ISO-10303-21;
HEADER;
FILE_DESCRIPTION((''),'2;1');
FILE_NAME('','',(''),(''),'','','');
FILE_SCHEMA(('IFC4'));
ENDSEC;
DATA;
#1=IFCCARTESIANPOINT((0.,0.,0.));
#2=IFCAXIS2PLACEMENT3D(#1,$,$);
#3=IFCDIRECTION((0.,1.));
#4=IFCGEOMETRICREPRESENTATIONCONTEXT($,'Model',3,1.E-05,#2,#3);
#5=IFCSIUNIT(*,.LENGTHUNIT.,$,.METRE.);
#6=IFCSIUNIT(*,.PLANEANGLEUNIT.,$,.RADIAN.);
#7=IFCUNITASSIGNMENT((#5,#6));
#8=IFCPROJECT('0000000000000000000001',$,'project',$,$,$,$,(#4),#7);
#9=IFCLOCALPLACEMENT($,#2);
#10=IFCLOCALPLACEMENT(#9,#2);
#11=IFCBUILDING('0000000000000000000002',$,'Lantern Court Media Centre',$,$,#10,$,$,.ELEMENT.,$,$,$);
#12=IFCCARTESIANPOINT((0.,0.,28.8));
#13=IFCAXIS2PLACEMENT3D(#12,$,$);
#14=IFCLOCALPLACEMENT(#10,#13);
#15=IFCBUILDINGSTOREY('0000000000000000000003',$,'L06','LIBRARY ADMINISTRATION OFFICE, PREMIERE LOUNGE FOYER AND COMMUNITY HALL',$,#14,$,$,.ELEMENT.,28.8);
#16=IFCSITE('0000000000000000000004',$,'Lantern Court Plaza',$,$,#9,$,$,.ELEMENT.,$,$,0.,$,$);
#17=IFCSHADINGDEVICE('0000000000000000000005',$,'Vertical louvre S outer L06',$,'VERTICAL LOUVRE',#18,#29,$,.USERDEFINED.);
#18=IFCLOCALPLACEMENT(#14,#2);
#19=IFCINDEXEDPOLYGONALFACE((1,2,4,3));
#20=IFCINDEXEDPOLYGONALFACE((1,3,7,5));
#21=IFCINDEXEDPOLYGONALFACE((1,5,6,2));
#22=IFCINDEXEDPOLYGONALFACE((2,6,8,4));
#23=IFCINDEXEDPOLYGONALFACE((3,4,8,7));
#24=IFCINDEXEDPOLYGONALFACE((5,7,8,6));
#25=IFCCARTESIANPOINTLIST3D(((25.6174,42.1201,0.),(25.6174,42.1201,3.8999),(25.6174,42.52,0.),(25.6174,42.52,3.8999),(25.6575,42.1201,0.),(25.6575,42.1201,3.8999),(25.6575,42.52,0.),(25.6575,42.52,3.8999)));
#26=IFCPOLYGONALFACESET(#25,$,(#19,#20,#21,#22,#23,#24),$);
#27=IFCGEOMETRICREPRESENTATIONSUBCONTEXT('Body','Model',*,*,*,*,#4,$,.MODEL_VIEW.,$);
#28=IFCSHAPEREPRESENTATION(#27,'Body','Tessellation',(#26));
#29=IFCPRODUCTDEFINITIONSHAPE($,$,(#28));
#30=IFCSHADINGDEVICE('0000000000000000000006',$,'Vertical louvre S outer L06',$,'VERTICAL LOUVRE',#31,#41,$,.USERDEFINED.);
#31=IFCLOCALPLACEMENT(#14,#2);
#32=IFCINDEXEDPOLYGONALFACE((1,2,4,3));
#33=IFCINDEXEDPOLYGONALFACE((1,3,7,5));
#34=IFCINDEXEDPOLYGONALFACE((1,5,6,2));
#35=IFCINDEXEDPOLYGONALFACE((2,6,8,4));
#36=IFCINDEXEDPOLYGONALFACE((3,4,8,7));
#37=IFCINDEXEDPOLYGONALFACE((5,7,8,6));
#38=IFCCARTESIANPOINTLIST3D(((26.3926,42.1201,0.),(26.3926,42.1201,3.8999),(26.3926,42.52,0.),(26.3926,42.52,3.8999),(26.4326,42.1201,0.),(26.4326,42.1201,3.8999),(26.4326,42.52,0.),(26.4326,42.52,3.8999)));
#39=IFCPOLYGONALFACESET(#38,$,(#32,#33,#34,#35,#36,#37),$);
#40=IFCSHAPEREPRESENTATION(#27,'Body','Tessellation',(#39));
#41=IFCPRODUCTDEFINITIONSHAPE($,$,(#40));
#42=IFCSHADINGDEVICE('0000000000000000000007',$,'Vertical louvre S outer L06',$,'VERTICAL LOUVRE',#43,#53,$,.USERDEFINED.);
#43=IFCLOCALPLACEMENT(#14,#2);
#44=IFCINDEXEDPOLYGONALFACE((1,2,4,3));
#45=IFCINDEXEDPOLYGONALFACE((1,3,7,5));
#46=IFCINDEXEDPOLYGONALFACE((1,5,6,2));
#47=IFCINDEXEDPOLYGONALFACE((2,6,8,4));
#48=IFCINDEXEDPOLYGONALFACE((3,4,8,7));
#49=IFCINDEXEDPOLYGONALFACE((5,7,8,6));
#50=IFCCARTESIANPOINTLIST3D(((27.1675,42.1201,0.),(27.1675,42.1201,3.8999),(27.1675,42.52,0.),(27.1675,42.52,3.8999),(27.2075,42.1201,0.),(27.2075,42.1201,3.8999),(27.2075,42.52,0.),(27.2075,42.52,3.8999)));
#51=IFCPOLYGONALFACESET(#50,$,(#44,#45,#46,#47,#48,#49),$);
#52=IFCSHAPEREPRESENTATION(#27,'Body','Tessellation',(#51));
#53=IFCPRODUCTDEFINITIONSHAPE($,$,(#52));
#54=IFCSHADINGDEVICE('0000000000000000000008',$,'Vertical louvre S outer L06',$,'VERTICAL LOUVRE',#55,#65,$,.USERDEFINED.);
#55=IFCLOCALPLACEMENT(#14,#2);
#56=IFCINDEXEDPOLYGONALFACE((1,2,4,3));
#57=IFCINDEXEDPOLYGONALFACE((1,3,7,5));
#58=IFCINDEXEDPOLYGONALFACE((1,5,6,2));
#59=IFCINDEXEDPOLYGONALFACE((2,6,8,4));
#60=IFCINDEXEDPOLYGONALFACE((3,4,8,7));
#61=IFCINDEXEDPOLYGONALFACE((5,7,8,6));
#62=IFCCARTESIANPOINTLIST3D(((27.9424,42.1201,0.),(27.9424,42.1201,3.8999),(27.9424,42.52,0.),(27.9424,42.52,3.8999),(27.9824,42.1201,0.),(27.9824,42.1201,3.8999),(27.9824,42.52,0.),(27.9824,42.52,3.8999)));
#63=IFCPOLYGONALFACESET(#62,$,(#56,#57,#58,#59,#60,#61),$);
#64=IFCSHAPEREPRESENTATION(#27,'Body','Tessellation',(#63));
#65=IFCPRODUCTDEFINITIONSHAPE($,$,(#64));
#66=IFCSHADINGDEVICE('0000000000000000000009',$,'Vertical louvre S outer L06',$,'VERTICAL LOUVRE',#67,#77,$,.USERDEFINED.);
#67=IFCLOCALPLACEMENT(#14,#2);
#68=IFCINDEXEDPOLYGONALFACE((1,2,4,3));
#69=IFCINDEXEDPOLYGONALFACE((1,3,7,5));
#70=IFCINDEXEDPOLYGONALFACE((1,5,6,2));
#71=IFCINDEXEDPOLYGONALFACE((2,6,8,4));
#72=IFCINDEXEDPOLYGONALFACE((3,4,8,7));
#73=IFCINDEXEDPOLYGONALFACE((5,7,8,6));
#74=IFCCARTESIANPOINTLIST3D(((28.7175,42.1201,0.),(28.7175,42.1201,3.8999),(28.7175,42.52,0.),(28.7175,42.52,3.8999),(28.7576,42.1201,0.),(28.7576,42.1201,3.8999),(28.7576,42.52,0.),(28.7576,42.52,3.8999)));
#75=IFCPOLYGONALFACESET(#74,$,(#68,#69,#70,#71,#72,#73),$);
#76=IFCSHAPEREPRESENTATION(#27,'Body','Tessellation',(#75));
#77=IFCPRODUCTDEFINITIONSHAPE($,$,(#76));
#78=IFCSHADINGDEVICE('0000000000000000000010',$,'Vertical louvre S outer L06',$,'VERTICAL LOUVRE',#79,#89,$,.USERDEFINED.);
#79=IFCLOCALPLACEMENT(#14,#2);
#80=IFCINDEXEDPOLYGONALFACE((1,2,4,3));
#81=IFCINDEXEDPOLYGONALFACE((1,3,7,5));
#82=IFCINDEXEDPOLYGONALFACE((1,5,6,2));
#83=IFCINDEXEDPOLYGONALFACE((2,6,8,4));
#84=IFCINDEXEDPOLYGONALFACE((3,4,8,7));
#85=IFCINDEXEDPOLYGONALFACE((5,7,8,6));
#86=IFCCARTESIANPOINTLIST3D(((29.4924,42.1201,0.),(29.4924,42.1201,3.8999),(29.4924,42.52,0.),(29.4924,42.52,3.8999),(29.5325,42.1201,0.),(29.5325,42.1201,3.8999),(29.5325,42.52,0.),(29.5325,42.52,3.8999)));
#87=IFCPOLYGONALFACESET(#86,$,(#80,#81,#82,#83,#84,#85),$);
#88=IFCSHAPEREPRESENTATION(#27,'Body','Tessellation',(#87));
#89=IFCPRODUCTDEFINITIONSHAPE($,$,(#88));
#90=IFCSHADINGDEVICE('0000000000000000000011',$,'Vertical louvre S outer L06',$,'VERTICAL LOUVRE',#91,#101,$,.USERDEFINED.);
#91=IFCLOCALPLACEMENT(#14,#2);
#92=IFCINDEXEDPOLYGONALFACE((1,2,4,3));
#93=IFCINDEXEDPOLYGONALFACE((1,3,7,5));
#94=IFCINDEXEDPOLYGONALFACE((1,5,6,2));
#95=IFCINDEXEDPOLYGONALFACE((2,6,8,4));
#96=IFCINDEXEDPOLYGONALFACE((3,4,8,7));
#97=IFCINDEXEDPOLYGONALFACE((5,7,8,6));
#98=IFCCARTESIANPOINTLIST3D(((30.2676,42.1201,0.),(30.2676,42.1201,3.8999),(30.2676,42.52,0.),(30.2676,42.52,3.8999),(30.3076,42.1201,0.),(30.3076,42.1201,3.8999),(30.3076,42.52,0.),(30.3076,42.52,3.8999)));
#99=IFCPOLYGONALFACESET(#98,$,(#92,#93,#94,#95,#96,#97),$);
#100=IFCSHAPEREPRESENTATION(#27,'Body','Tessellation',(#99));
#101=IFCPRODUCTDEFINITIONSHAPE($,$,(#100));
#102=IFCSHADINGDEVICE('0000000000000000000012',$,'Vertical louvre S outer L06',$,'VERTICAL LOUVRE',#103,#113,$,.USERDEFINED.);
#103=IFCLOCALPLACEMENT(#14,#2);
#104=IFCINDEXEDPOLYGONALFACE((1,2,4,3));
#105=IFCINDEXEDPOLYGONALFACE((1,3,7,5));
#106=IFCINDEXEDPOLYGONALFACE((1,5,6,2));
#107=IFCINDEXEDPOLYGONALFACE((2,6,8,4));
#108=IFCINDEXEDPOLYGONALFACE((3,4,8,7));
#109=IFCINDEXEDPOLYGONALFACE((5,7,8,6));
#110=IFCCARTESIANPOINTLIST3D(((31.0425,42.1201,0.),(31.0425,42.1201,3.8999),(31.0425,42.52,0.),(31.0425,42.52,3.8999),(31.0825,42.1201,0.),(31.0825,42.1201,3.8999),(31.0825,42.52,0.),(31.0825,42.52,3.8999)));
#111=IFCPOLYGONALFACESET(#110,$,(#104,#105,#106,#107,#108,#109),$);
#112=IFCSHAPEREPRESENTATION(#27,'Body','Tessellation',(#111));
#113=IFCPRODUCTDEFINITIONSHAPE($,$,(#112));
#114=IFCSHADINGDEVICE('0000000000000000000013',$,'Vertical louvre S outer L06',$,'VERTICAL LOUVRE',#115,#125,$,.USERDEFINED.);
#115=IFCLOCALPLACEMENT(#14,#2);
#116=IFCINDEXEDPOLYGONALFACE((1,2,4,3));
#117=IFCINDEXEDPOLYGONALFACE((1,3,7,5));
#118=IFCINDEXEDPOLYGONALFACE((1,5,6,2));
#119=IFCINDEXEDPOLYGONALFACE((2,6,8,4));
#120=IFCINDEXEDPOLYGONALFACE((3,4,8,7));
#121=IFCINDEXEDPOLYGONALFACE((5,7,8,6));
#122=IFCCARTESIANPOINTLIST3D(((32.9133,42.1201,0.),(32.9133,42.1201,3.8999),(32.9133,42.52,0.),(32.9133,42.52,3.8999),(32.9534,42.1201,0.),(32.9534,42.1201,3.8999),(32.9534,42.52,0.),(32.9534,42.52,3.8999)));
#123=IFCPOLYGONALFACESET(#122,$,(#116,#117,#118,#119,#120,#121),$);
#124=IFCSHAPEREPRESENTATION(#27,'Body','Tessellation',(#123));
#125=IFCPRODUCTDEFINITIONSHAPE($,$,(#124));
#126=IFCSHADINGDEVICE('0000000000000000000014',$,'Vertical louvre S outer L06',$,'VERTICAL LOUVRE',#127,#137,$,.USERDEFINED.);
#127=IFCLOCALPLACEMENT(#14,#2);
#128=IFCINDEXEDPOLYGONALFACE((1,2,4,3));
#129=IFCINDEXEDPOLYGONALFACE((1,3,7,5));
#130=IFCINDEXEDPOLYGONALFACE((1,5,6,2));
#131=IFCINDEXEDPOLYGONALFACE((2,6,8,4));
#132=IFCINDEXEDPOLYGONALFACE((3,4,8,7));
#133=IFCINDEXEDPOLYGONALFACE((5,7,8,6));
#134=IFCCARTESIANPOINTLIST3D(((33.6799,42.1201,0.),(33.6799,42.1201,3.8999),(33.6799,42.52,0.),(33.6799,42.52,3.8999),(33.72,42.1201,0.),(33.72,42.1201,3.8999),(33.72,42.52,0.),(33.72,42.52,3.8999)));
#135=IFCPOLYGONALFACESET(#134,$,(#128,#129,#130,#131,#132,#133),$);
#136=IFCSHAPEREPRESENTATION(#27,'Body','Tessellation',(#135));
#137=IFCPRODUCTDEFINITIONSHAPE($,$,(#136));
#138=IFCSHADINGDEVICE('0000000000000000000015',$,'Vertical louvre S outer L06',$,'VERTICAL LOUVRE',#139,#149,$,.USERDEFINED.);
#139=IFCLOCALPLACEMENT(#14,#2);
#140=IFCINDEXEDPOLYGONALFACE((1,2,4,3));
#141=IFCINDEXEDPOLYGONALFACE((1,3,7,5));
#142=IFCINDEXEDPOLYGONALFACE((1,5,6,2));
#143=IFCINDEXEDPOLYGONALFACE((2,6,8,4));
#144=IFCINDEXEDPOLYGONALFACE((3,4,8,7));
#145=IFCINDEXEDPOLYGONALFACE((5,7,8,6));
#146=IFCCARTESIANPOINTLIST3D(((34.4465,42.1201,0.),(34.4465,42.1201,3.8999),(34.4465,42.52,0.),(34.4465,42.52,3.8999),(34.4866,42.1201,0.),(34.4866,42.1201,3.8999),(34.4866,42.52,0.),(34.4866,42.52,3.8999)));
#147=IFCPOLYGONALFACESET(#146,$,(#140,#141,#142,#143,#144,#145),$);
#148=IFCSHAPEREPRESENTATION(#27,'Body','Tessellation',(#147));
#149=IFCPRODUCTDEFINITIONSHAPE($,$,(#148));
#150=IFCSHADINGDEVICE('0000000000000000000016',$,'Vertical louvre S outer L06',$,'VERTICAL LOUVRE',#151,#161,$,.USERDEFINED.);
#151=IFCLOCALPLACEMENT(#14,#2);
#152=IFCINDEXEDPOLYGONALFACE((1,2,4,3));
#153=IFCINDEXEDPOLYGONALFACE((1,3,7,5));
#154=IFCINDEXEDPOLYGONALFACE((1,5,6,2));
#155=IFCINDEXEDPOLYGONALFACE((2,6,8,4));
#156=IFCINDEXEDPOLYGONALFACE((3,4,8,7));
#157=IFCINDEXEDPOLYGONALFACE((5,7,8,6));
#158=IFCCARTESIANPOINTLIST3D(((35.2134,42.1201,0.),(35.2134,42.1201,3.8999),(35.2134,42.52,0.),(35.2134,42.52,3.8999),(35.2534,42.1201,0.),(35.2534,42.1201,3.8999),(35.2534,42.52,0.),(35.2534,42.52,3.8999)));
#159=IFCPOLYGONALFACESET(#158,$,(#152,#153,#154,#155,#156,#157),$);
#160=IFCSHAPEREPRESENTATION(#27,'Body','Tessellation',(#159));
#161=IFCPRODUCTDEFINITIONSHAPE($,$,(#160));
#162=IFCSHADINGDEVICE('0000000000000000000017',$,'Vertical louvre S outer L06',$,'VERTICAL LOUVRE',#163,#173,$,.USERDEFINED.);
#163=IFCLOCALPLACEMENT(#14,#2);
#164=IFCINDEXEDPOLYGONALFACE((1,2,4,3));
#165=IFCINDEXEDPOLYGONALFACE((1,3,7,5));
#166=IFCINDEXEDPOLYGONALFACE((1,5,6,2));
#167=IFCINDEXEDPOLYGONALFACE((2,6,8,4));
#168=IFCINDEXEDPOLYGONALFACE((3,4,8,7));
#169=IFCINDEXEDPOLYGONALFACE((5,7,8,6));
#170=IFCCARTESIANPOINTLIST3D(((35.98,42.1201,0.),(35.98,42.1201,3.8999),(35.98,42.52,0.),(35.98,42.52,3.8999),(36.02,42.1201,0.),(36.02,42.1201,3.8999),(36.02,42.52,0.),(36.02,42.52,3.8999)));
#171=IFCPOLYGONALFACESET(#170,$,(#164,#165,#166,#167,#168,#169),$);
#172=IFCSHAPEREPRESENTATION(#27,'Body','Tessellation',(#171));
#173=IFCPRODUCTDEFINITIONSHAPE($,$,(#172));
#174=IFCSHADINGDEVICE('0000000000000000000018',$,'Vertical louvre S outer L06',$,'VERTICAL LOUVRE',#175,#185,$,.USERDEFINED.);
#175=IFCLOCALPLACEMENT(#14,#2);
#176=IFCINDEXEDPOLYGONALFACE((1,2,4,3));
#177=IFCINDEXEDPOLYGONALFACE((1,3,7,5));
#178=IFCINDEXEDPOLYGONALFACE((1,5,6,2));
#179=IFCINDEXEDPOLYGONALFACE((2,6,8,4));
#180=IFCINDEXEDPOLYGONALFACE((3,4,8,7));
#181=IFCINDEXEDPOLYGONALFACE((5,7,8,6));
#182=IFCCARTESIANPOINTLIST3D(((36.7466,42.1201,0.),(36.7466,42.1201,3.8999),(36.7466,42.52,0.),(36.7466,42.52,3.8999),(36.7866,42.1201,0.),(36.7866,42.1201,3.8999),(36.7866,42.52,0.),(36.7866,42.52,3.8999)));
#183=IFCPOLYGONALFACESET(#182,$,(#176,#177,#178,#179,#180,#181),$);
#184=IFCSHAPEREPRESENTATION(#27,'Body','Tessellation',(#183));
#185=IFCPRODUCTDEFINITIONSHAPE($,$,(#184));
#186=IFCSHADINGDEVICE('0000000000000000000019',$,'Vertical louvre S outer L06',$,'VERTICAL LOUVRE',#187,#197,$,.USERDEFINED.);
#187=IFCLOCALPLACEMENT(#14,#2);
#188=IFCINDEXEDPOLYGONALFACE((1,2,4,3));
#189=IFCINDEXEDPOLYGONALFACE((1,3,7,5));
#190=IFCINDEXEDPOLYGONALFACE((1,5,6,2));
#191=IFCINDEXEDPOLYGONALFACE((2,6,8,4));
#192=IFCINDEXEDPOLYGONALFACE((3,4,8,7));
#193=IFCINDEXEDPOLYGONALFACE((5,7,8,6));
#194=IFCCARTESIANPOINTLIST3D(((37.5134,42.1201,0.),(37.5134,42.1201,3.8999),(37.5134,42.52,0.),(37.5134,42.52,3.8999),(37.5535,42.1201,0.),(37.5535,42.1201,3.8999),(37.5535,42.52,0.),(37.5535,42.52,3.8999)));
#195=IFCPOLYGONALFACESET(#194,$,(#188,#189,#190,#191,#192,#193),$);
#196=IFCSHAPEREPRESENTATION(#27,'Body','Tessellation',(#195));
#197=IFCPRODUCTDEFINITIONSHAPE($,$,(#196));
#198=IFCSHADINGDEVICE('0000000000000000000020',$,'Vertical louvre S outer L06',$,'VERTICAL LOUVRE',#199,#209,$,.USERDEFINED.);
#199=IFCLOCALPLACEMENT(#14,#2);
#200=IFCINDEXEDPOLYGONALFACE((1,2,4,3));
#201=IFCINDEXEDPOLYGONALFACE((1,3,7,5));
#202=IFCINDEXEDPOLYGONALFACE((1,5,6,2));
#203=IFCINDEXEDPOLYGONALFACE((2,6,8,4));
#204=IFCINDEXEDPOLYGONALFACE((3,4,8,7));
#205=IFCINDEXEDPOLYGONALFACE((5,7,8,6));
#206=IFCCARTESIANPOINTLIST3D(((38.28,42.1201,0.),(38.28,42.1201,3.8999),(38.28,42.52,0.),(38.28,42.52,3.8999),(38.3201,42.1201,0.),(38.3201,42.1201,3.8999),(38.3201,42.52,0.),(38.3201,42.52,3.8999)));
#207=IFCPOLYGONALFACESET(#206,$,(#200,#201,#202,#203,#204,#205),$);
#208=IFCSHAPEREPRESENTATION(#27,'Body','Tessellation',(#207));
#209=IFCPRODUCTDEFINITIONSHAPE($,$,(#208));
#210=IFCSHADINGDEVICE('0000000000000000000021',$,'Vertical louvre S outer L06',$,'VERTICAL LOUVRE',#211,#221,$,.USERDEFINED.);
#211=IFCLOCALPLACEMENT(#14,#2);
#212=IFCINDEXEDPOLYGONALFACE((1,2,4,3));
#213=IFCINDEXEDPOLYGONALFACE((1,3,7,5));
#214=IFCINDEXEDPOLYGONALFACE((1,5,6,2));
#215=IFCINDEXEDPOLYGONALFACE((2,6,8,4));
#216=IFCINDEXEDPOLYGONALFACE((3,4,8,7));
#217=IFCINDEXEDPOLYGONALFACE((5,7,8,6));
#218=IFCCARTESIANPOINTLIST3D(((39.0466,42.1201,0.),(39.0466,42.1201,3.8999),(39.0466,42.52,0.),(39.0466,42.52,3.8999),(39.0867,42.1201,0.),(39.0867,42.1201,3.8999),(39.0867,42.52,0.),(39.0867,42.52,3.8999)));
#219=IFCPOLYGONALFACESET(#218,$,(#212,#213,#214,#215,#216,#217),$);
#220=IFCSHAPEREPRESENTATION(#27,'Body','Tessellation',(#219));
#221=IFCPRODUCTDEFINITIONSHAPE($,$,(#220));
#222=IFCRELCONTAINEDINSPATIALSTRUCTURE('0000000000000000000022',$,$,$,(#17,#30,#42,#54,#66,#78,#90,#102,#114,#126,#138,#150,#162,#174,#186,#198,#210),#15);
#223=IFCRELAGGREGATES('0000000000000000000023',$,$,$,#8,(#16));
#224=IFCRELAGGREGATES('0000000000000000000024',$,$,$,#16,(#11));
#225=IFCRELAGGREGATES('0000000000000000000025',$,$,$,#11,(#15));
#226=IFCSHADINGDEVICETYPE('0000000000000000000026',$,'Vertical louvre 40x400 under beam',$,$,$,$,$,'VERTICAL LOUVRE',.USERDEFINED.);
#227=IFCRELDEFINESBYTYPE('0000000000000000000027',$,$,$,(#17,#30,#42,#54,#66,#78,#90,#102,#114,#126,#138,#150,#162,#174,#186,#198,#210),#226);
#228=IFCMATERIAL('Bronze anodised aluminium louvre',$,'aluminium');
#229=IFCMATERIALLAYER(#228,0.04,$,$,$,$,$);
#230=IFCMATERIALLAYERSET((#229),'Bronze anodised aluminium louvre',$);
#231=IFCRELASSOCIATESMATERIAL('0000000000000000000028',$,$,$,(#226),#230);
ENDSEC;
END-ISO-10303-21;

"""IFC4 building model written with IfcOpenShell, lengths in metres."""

from ifc_helpers import new_model, si_unit, direction, frame, origin, origin_2d, place, context, subcontext, project, spatial, rectangle, extrude, material, layer, layer_set, type_object, element, save


model = new_model("IFC4")

# Units and contexts
model_context = context("Model", 3, precision=1e-05, world=origin(), true_north=direction((0.0, 1.0)))
body_context = subcontext(model_context, "Body", "Model", "MODEL_VIEW")
ifc_project = project(units=[si_unit("LENGTHUNIT", "METRE"), si_unit("PLANEANGLEUNIT", "RADIAN")], contexts=[model_context])

# Site, building, storey
site_placement = place(None, origin())
site = spatial("IfcSite", under=ifc_project, at=site_placement, Name="Lantern Court Plaza", CompositionType="ELEMENT", RefElevation=0.0)
building_placement = place(site_placement, origin())
building = spatial("IfcBuilding", under=site, at=building_placement, Name="Lantern Court Media Centre", CompositionType="ELEMENT")
storey_placement = place(building_placement, frame((0.0, 0.0, 28.8)))
storey = spatial("IfcBuildingStorey", under=building, at=storey_placement, Name="L06", Description="LIBRARY ADMINISTRATION OFFICE, PREMIERE LOUNGE FOYER AND COMMUNITY HALL", CompositionType="ELEMENT", Elevation=28.8)

# Shading devices
ifc_material_1 = material(Name="Bronze anodised aluminium louvre", Category="aluminium")
ifc_layer_1 = layer(ifc_material_1, 0.04)
ifc_layer_set_1 = layer_set([ifc_layer_1], Name="Bronze anodised aluminium louvre")
shading_device_type = type_object("IfcShadingDeviceType", Name="Vertical louvre 40x400 under beam", ElementType="VERTICAL LOUVRE", PredefinedType="USERDEFINED", material=ifc_layer_set_1)
for number, where, z_axis, x_axis, name in (
    (1, (25.6375, 42.3201, 0.0), (0.0, 0.0, 1.0), (1.0, 0.0, 0.0), "Vertical louvre S outer L06"),
    (2, (26.4126, 42.3201, 0.0), (0.0, 0.0, 1.0), (1.0, 0.0, 0.0), "Vertical louvre S outer L06"),
    (3, (27.1875, 42.3201, 0.0), (0.0, 0.0, 1.0), (1.0, 0.0, 0.0), "Vertical louvre S outer L06"),
    (4, (27.9624, 42.3201, 0.0), (0.0, 0.0, 1.0), (1.0, 0.0, 0.0), "Vertical louvre S outer L06"),
    (5, (28.7375, 42.3201, 0.0), (0.0, 0.0, 1.0), (1.0, 0.0, 0.0), "Vertical louvre S outer L06"),
    (6, (29.5125, 42.3201, 0.0), (0.0, 0.0, 1.0), (1.0, 0.0, 0.0), "Vertical louvre S outer L06"),
    (7, (30.2876, 42.3201, 0.0), (0.0, 0.0, 1.0), (1.0, 0.0, 0.0), "Vertical louvre S outer L06"),
    (8, (31.0625, 42.3201, 0.0), (0.0, 0.0, 1.0), (1.0, 0.0, 0.0), "Vertical louvre S outer L06"),
    (9, (32.9333, 42.3201, 0.0), (0.0, 0.0, 1.0), (1.0, 0.0, 0.0), "Vertical louvre S outer L06"),
    (10, (33.7, 42.3201, 0.0), (0.0, 0.0, 1.0), (1.0, 0.0, 0.0), "Vertical louvre S outer L06"),
    (11, (34.4666, 42.3201, 0.0), (0.0, 0.0, 1.0), (1.0, 0.0, 0.0), "Vertical louvre S outer L06"),
    (12, (35.2334, 42.3201, 0.0), (0.0, 0.0, 1.0), (1.0, 0.0, 0.0), "Vertical louvre S outer L06"),
    (13, (36.0, 42.3201, 0.0), (0.0, 0.0, 1.0), (1.0, 0.0, 0.0), "Vertical louvre S outer L06"),
    (14, (36.7666, 42.3201, 0.0), (0.0, 0.0, 1.0), (1.0, 0.0, 0.0), "Vertical louvre S outer L06"),
    (15, (37.5334, 42.3201, 0.0), (0.0, 0.0, 1.0), (1.0, 0.0, 0.0), "Vertical louvre S outer L06"),
    (16, (38.3, 42.3201, 0.0), (0.0, 0.0, 1.0), (1.0, 0.0, 0.0), "Vertical louvre S outer L06"),
    (17, (39.0667, 42.3201, 0.0), (0.0, 0.0, 1.0), (1.0, 0.0, 0.0), "Vertical louvre S outer L06"),
):
    element("IfcShadingDevice", number, at=place(storey_placement, frame(where, z_axis=z_axis, x_axis=x_axis)), inside=storey, type_object=shading_device_type, Name=name, ObjectType="VERTICAL LOUVRE", PredefinedType="USERDEFINED", context=body_context, shape_type="SweptSolid", body=[
        extrude(rectangle(XDim=0.04, YDim=0.3999, at=origin_2d()), origin(), (0.0, 0.0, 1.0), 3.8999),
    ])

save(model, "model.ifc")
